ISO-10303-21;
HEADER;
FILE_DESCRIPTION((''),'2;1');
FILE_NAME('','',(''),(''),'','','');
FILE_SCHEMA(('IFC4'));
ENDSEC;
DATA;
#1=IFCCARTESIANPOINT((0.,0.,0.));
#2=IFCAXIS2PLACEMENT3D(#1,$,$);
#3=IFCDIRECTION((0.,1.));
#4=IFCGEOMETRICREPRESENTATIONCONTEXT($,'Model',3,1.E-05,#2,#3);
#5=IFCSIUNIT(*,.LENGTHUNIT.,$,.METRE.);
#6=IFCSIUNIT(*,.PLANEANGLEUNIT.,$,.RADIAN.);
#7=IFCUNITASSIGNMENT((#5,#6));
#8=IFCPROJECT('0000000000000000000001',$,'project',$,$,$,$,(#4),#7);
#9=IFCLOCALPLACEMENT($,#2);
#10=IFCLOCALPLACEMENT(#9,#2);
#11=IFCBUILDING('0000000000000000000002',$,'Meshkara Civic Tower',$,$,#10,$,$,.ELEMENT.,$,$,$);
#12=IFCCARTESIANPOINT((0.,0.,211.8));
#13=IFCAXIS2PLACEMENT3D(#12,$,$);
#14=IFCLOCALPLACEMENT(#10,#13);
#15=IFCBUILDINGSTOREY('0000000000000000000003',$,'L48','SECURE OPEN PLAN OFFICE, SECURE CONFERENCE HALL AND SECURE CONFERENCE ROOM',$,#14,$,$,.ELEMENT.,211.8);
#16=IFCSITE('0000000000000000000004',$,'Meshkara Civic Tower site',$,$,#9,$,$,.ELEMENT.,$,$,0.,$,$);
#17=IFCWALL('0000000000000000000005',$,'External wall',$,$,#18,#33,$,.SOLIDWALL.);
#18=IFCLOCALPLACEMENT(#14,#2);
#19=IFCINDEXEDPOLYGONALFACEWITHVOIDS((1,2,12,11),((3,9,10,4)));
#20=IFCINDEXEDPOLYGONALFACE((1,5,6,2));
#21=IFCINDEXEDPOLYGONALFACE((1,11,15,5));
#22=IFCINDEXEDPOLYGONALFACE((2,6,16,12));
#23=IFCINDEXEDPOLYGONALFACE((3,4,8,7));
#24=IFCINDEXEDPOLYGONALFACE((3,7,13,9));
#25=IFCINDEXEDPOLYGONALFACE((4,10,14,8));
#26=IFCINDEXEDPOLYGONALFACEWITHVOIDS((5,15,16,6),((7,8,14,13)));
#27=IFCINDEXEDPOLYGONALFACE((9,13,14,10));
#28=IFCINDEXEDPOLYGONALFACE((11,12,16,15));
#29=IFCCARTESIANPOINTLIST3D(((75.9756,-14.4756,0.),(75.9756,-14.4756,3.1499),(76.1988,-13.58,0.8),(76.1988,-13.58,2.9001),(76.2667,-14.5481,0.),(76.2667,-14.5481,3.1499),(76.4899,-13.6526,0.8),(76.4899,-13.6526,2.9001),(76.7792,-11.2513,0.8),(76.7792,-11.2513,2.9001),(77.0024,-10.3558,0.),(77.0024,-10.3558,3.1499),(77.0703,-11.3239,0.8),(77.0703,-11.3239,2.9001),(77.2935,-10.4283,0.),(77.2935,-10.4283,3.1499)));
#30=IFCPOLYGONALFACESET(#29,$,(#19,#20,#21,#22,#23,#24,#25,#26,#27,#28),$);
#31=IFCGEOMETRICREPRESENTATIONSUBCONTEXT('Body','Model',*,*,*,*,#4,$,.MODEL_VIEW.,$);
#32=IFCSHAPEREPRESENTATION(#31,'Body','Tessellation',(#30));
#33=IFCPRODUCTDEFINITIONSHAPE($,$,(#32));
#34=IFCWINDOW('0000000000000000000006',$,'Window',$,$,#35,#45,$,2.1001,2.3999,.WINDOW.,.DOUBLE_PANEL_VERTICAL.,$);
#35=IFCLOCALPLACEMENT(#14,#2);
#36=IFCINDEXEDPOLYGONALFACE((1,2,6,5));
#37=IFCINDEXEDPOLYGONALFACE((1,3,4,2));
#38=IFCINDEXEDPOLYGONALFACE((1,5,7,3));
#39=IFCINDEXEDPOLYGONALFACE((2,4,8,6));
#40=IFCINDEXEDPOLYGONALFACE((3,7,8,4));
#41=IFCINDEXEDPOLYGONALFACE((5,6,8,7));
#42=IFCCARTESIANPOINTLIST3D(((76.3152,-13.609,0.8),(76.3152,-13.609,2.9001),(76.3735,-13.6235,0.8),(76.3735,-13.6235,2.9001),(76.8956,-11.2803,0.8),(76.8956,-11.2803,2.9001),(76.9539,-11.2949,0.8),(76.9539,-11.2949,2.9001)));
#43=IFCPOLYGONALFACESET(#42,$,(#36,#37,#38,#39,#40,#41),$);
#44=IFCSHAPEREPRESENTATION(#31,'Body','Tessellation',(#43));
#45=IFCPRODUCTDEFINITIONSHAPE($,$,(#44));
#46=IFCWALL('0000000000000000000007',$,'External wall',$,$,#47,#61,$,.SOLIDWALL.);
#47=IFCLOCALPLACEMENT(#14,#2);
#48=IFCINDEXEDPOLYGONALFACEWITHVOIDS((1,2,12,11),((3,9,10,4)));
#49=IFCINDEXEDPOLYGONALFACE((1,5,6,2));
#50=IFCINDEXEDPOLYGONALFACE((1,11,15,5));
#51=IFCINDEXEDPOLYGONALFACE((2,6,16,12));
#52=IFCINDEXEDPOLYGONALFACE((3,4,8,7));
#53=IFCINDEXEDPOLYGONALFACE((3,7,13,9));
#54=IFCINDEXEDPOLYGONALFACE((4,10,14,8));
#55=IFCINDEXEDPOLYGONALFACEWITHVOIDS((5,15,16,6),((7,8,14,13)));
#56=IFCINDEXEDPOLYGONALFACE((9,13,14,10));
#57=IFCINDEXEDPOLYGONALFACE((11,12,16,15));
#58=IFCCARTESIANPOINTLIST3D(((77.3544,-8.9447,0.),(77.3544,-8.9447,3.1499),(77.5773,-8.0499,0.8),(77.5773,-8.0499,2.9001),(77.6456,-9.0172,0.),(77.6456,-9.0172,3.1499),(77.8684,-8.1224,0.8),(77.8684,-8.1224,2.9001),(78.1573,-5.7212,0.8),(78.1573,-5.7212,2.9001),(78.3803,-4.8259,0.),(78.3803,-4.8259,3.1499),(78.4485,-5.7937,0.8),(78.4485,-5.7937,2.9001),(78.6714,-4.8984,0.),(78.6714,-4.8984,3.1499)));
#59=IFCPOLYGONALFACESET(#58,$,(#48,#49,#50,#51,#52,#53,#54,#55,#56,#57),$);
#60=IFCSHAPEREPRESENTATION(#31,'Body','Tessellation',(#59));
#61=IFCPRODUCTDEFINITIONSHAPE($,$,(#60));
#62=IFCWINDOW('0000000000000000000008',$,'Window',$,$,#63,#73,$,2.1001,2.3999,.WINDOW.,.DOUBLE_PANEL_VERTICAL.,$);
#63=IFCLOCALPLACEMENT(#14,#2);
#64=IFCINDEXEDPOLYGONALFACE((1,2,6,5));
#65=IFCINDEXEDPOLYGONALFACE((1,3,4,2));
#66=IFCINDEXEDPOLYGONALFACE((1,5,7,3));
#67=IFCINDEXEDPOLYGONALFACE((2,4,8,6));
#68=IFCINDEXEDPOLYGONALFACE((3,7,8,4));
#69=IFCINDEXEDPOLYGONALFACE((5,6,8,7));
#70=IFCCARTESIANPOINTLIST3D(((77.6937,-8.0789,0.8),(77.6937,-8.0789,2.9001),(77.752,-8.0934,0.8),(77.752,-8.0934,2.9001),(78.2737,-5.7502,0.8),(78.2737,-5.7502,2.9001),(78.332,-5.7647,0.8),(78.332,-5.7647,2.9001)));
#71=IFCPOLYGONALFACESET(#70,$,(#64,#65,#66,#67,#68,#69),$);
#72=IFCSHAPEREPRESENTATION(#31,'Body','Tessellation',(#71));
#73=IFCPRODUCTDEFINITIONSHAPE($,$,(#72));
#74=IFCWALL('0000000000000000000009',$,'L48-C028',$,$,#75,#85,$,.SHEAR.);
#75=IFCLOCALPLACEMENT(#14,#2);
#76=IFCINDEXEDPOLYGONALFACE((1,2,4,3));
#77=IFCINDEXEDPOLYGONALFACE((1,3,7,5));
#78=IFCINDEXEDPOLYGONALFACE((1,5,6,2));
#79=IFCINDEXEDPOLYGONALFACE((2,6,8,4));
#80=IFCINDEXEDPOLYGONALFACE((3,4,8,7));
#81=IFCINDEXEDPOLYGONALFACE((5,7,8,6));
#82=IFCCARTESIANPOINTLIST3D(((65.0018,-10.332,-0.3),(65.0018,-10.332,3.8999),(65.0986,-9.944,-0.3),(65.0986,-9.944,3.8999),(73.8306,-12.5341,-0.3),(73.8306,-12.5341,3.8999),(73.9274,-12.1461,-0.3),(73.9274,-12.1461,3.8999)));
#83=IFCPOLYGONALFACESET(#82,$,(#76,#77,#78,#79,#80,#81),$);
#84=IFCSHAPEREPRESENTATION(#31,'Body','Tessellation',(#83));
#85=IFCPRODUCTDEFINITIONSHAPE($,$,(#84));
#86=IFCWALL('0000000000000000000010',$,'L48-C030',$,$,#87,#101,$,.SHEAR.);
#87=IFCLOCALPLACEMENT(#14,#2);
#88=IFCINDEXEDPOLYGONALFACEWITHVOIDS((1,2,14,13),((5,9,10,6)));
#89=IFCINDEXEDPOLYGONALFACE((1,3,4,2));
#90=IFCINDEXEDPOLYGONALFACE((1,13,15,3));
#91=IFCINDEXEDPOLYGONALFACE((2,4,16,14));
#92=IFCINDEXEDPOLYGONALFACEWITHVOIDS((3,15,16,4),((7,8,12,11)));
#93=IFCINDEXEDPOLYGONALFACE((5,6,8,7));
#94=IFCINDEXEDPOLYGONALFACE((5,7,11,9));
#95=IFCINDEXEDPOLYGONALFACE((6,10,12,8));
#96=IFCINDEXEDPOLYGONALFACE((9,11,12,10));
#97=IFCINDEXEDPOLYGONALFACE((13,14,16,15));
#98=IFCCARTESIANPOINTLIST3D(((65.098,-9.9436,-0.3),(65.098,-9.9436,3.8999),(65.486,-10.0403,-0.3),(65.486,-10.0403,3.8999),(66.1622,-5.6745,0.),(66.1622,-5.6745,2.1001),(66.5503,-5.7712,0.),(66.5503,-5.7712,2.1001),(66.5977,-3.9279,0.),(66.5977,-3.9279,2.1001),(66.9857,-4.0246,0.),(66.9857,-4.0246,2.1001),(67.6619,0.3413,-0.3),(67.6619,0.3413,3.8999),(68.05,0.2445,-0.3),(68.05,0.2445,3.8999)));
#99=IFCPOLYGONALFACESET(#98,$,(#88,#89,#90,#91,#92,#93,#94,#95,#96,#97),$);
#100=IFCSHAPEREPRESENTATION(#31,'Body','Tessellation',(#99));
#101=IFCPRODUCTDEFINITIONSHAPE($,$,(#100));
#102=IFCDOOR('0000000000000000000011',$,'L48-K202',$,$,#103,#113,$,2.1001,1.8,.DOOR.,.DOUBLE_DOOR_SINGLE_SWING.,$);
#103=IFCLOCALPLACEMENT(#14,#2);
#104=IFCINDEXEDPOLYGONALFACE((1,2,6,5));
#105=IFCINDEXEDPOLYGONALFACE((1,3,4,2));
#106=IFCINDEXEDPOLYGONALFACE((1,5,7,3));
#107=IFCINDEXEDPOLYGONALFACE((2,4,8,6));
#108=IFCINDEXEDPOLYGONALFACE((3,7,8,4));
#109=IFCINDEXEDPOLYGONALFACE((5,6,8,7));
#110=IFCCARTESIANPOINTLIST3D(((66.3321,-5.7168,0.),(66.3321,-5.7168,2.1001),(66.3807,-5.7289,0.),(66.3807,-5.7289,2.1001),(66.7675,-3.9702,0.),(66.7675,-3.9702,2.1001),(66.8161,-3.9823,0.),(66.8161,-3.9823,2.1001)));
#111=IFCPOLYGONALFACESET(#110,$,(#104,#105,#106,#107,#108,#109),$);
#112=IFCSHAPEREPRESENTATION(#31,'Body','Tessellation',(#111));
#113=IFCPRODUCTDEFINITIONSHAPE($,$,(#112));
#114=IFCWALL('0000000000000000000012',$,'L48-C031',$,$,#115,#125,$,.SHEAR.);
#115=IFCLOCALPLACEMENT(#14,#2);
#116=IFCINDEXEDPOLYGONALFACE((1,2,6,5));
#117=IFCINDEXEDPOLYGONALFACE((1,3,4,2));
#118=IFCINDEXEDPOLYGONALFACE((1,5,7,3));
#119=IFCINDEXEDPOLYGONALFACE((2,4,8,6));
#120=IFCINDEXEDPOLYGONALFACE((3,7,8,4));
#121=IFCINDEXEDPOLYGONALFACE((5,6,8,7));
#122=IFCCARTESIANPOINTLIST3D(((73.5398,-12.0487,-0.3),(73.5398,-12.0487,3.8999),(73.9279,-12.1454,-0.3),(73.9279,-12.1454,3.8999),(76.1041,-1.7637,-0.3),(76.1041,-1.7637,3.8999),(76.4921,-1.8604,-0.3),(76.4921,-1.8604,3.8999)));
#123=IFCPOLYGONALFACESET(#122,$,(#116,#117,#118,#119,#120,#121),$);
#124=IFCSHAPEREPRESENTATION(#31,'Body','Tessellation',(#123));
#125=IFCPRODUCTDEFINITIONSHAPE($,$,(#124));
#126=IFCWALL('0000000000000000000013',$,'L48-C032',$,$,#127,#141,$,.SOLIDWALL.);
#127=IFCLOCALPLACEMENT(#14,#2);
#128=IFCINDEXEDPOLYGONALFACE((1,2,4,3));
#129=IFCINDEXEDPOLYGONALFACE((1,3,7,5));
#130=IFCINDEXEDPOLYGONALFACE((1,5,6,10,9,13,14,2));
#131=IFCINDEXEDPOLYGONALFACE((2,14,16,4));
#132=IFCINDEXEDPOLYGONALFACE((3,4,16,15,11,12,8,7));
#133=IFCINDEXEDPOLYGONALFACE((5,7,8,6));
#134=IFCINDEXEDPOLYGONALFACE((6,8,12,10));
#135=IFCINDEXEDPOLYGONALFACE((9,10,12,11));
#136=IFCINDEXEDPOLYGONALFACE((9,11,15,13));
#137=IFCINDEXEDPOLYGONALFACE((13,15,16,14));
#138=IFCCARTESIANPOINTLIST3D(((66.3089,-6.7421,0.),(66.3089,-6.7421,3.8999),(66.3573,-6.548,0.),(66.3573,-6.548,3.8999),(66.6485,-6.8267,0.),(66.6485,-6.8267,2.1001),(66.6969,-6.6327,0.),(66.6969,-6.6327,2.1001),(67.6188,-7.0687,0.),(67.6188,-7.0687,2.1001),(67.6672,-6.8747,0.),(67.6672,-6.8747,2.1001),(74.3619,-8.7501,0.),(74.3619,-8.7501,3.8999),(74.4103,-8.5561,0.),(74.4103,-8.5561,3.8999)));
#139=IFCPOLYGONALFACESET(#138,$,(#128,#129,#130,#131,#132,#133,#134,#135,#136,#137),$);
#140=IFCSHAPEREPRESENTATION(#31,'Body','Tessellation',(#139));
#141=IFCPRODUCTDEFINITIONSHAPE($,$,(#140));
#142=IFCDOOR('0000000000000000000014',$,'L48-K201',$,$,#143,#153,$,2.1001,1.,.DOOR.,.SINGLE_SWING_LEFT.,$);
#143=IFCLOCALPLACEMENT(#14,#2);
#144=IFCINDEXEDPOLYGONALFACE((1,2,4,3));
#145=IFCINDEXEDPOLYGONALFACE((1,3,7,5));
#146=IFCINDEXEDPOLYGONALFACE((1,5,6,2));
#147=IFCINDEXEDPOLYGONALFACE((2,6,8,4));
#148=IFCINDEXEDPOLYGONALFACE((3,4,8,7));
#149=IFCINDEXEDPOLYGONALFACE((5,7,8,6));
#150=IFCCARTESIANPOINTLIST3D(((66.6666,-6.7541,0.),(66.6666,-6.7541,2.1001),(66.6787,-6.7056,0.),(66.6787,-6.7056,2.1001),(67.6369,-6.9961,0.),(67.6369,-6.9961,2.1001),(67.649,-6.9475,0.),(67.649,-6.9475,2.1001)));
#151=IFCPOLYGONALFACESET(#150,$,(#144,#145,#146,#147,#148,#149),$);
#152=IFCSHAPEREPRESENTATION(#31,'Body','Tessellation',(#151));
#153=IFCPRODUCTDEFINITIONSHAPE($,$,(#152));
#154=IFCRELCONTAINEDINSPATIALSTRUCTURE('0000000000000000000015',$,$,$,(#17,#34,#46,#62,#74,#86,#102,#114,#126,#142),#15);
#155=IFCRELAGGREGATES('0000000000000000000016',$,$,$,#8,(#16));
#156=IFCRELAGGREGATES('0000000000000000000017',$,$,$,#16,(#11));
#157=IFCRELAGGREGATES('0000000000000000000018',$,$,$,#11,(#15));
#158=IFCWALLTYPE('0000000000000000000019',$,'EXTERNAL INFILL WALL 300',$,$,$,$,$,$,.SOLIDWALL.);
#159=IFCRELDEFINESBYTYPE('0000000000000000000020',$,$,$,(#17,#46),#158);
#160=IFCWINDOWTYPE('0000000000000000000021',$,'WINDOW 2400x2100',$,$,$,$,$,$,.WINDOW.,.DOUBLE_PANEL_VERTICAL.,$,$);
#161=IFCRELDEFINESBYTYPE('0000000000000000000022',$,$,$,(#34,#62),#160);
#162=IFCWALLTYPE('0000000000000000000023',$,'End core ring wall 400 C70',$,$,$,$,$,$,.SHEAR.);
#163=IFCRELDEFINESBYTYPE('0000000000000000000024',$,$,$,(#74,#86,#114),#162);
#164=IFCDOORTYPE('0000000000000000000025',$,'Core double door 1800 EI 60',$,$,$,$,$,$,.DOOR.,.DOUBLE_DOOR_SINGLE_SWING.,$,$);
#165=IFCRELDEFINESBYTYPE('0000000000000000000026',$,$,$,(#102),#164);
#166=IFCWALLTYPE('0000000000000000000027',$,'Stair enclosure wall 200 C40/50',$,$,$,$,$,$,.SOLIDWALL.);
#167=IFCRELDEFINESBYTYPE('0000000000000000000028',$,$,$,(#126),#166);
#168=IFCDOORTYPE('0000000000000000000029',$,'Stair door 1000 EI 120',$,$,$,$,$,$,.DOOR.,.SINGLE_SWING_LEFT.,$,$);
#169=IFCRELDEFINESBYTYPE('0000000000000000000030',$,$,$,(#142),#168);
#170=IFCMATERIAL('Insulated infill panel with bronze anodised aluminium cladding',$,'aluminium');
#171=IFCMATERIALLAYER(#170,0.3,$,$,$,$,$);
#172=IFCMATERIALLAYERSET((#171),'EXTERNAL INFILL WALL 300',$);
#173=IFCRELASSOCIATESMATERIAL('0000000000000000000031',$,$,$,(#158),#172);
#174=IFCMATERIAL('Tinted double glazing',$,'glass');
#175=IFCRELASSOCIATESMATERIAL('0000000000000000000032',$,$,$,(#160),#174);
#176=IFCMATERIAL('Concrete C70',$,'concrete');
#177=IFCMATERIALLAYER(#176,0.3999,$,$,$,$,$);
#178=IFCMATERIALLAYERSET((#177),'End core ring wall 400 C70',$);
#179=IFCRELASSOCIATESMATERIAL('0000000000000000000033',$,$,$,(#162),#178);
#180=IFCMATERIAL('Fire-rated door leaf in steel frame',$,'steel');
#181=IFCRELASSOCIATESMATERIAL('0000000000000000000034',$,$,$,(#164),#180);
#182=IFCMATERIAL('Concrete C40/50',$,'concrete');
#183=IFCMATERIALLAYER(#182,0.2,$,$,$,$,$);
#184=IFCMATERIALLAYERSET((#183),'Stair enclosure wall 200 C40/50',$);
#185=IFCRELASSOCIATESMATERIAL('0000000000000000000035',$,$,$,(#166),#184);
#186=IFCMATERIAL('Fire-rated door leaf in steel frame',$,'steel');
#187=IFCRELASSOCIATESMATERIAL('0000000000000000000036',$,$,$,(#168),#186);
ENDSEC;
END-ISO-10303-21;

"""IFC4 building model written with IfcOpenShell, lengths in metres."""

from ifc_helpers import new_model, si_unit, direction, frame, frame_2d, origin, place, context, subcontext, project, spatial, rectangle, extrude, material, layer, layer_set, type_object, element, fill, save


model = new_model("IFC4")

# Units and contexts
model_context = context("Model", 3, precision=1e-05, world=origin(), true_north=direction((0.0, 1.0)))
body_context = subcontext(model_context, "Body", "Model", "MODEL_VIEW")
ifc_project = project(units=[si_unit("LENGTHUNIT", "METRE"), si_unit("PLANEANGLEUNIT", "RADIAN")], contexts=[model_context])

# Site, building, storey
site_placement = place(None, origin())
site = spatial("IfcSite", under=ifc_project, at=site_placement, Name="Meshkara Civic Tower site", CompositionType="ELEMENT", RefElevation=0.0)
building_placement = place(site_placement, origin())
building = spatial("IfcBuilding", under=site, at=building_placement, Name="Meshkara Civic Tower", CompositionType="ELEMENT")
storey_placement = place(building_placement, frame((0.0, 0.0, 211.8)))
storey = spatial("IfcBuildingStorey", under=building, at=storey_placement, Name="L48", Description="SECURE OPEN PLAN OFFICE, SECURE CONFERENCE HALL AND SECURE CONFERENCE ROOM", CompositionType="ELEMENT", Elevation=211.8)

# Walls, openings, windows
ifc_material_1 = material(Name="Insulated infill panel with bronze anodised aluminium cladding", Category="aluminium")
ifc_layer_1 = layer(ifc_material_1, 0.3)
ifc_layer_set_1 = layer_set([ifc_layer_1], Name="EXTERNAL INFILL WALL 300")
wall_type_1 = type_object("IfcWallType", Name="EXTERNAL INFILL WALL 300", PredefinedType="SOLIDWALL", material=ifc_layer_set_1)
ifc_material_2 = material(Name="Tinted double glazing", Category="glass")
window_type_1 = type_object("IfcWindowType", Name="WINDOW 2400x2100", PartitioningType="DOUBLE_PANEL_VERTICAL", PredefinedType="WINDOW", material=ifc_material_2)
wall_1_placement = place(storey_placement, frame((76.1211, -14.512, 0.0), z_axis=(0.0, 0.0, 1.0), x_axis=(0.241846, 0.970315, 0.0)))
wall_1 = element("IfcWall", 1, at=wall_1_placement, inside=storey, type_object=wall_type_1, Name="External wall", PredefinedType="SOLIDWALL", context=body_context, shape_type="SweptSolid", body=[
    extrude(rectangle(XDim=4.2458, YDim=0.3, at=frame_2d((2.123, 0.0))), origin(), (0.0, 0.0, 1.0), 3.1499),
])
opening_1_placement = place(wall_1_placement, frame((0.9231, 0.0, 0.8)))
opening_1 = element("IfcOpeningElement", 2, at=opening_1_placement, cuts=wall_1, PredefinedType="OPENING", context=body_context, shape_type="SweptSolid", body=[
    extrude(rectangle(XDim=2.3999, YDim=2.1001, at=frame_2d((1.2, 1.05))), frame((0.0, 0.1599, 0.0), z_axis=(0.0, -1.0, 0.0), x_axis=(1.0, 0.0, 0.0)), (0.0, 0.0, 1.0), 0.3201),
])
window_1_placement = place(opening_1_placement, origin())
window_1 = element("IfcWindow", 3, at=window_1_placement, inside=storey, type_object=window_type_1, Name="Window", OverallHeight=2.1001, OverallWidth=2.3999, PartitioningType="DOUBLE_PANEL_VERTICAL", PredefinedType="WINDOW", context=body_context, shape_type="SweptSolid", body=[
    extrude(rectangle(XDim=2.3999, YDim=2.1001, at=frame_2d((1.2, 1.05))), frame((0.0, 0.03, 0.0), z_axis=(0.0, -1.0, 0.0), x_axis=(1.0, 0.0, 0.0)), (0.0, 0.0, 1.0), 0.0601),
])
fill(opening_1, window_1)
wall_2_placement = place(storey_placement, frame((77.5, -8.981, 0.0), z_axis=(0.0, 0.0, 1.0), x_axis=(0.241683, 0.970355, 0.0)))
wall_2 = element("IfcWall", 4, at=wall_2_placement, inside=storey, type_object=wall_type_1, Name="External wall", PredefinedType="SOLIDWALL", context=body_context, shape_type="SweptSolid", body=[
    extrude(rectangle(XDim=4.2446, YDim=0.3, at=frame_2d((2.1223, 0.0))), origin(), (0.0, 0.0, 1.0), 3.1499),
])
opening_2_placement = place(wall_2_placement, frame((0.9221, 0.0, 0.8)))
opening_2 = element("IfcOpeningElement", 5, at=opening_2_placement, cuts=wall_2, PredefinedType="OPENING", context=body_context, shape_type="SweptSolid", body=[
    extrude(rectangle(XDim=2.3999, YDim=2.1001, at=frame_2d((1.2, 1.05))), frame((0.0, 0.1599, 0.0), z_axis=(0.0, -1.0, 0.0), x_axis=(1.0, 0.0, 0.0)), (0.0, 0.0, 1.0), 0.3201),
])
window_2_placement = place(opening_2_placement, origin())
window_2 = element("IfcWindow", 6, at=window_2_placement, inside=storey, type_object=window_type_1, Name="Window", OverallHeight=2.1001, OverallWidth=2.3999, PartitioningType="DOUBLE_PANEL_VERTICAL", PredefinedType="WINDOW", context=body_context, shape_type="SweptSolid", body=[
    extrude(rectangle(XDim=2.3999, YDim=2.1001, at=frame_2d((1.2, 1.05))), frame((0.0, 0.03, 0.0), z_axis=(0.0, -1.0, 0.0), x_axis=(1.0, 0.0, 0.0)), (0.0, 0.0, 1.0), 0.0601),
])
fill(opening_2, window_2)

# Wall
ifc_material_3 = material(Name="Concrete C70", Category="concrete")
ifc_layer_2 = layer(ifc_material_3, 0.3999)
ifc_layer_set_2 = layer_set([ifc_layer_2], Name="End core ring wall 400 C70")
wall_type_2 = type_object("IfcWallType", Name="End core ring wall 400 C70", PredefinedType="SHEAR", material=ifc_layer_set_2)
wall_3_placement = place(storey_placement, frame((65.05, -10.1379, -0.3), z_axis=(0.0, 0.0, 1.0), x_axis=(0.970273, -0.242012, 0.0)))
element("IfcWall", 7, at=wall_3_placement, inside=storey, type_object=wall_type_2, Name="L48-C028", PredefinedType="SHEAR", context=body_context, shape_type="SweptSolid", body=[
    extrude(rectangle(XDim=9.0994, YDim=0.3999, at=frame_2d((4.5498, 0.0))), origin(), (0.0, 0.0, 1.0), 4.2),
])

# Wall, opening, door
wall_4_placement = place(storey_placement, frame((65.292, -9.9919, -0.3), z_axis=(0.0, 0.0, 1.0), x_axis=(0.241891, 0.970304, 0.0)))
wall_4 = element("IfcWall", 8, at=wall_4_placement, inside=storey, type_object=wall_type_2, Name="L48-C030", PredefinedType="SHEAR", context=body_context, shape_type="SweptSolid", body=[
    extrude(rectangle(XDim=10.5996, YDim=0.3999, at=frame_2d((5.2998, 0.0))), origin(), (0.0, 0.0, 1.0), 4.2),
])
opening_3_placement = place(wall_4_placement, frame((4.3999, 0.0, 0.3)))
opening_3 = element("IfcOpeningElement", 9, at=opening_3_placement, cuts=wall_4, PredefinedType="OPENING", context=body_context, shape_type="SweptSolid", body=[
    extrude(rectangle(XDim=1.8, YDim=2.1001, at=frame_2d((0.8999, 1.05))), frame((0.0, 0.21, 0.0), z_axis=(0.0, -1.0, 0.0), x_axis=(1.0, 0.0, 0.0)), (0.0, 0.0, 1.0), 0.4199),
])
ifc_material_4 = material(Name="Fire-rated door leaf in steel frame", Category="steel")
door_type_1 = type_object("IfcDoorType", Name="Core double door 1800 EI 60", OperationType="DOUBLE_DOOR_SINGLE_SWING", PredefinedType="DOOR", material=ifc_material_4)
door_1_placement = place(opening_3_placement, origin())
door_1 = element("IfcDoor", 10, at=door_1_placement, inside=storey, type_object=door_type_1, Name="L48-K202", OperationType="DOUBLE_DOOR_SINGLE_SWING", OverallHeight=2.1001, OverallWidth=1.8, PredefinedType="DOOR", context=body_context, shape_type="SweptSolid", body=[
    extrude(rectangle(XDim=1.8, YDim=2.1001, at=frame_2d((0.8999, 1.05))), frame((0.0, 0.0249, 0.0), z_axis=(0.0, -1.0, 0.0), x_axis=(1.0, 0.0, 0.0)), (0.0, 0.0, 1.0), 0.05),
])
fill(opening_3, door_1)

# Wall
wall_5_placement = place(storey_placement, frame((73.7339, -12.0969, -0.3), z_axis=(0.0, 0.0, 1.0), x_axis=(0.241912, 0.970298, 0.0)))
element("IfcWall", 11, at=wall_5_placement, inside=storey, type_object=wall_type_2, Name="L48-C031", PredefinedType="SHEAR", context=body_context, shape_type="SweptSolid", body=[
    extrude(rectangle(XDim=10.5999, YDim=0.3999, at=frame_2d((5.2998, 0.0))), origin(), (0.0, 0.0, 1.0), 4.2),
])

# Wall, opening, door
ifc_material_5 = material(Name="Concrete C40/50", Category="concrete")
ifc_layer_3 = layer(ifc_material_5, 0.2)
ifc_layer_set_3 = layer_set([ifc_layer_3], Name="Stair enclosure wall 200 C40/50")
wall_type_3 = type_object("IfcWallType", Name="Stair enclosure wall 200 C40/50", PredefinedType="SOLIDWALL", material=ifc_layer_set_3)
wall_6_placement = place(storey_placement, frame((66.333, -6.645, 0.0), z_axis=(0.0, 0.0, 1.0), x_axis=(0.970289, -0.241947, 0.0)))
wall_6 = element("IfcWall", 12, at=wall_6_placement, inside=storey, type_object=wall_type_3, Name="L48-C032", PredefinedType="SOLIDWALL", context=body_context, shape_type="SweptSolid", body=[
    extrude(rectangle(XDim=8.2996, YDim=0.2, at=frame_2d((4.1499, 0.0))), origin(), (0.0, 0.0, 1.0), 3.8999),
])
opening_4_placement = place(wall_6_placement, frame((0.3501, 0.0, 0.0)))
opening_4 = element("IfcOpeningElement", 13, at=opening_4_placement, cuts=wall_6, PredefinedType="OPENING", context=body_context, shape_type="SweptSolid", body=[
    extrude(rectangle(XDim=1.0, YDim=2.1001, at=frame_2d((0.5, 1.05))), frame((0.0, 0.1099, 0.0), z_axis=(0.0, -1.0, 0.0), x_axis=(1.0, 0.0, 0.0)), (0.0, 0.0, 1.0), 0.22),
])
ifc_material_6 = material(Name="Fire-rated door leaf in steel frame", Category="steel")
door_type_2 = type_object("IfcDoorType", Name="Stair door 1000 EI 120", OperationType="SINGLE_SWING_LEFT", PredefinedType="DOOR", material=ifc_material_6)
door_2_placement = place(opening_4_placement, origin())
door_2 = element("IfcDoor", 14, at=door_2_placement, inside=storey, type_object=door_type_2, Name="L48-K201", OperationType="SINGLE_SWING_LEFT", OverallHeight=2.1001, OverallWidth=1.0, PredefinedType="DOOR", context=body_context, shape_type="SweptSolid", body=[
    extrude(rectangle(XDim=1.0, YDim=2.1001, at=frame_2d((0.5, 1.05))), frame((0.0, 0.0249, 0.0), z_axis=(0.0, -1.0, 0.0), x_axis=(1.0, 0.0, 0.0)), (0.0, 0.0, 1.0), 0.05),
])
fill(opening_4, door_2)

save(model, "model.ifc")
